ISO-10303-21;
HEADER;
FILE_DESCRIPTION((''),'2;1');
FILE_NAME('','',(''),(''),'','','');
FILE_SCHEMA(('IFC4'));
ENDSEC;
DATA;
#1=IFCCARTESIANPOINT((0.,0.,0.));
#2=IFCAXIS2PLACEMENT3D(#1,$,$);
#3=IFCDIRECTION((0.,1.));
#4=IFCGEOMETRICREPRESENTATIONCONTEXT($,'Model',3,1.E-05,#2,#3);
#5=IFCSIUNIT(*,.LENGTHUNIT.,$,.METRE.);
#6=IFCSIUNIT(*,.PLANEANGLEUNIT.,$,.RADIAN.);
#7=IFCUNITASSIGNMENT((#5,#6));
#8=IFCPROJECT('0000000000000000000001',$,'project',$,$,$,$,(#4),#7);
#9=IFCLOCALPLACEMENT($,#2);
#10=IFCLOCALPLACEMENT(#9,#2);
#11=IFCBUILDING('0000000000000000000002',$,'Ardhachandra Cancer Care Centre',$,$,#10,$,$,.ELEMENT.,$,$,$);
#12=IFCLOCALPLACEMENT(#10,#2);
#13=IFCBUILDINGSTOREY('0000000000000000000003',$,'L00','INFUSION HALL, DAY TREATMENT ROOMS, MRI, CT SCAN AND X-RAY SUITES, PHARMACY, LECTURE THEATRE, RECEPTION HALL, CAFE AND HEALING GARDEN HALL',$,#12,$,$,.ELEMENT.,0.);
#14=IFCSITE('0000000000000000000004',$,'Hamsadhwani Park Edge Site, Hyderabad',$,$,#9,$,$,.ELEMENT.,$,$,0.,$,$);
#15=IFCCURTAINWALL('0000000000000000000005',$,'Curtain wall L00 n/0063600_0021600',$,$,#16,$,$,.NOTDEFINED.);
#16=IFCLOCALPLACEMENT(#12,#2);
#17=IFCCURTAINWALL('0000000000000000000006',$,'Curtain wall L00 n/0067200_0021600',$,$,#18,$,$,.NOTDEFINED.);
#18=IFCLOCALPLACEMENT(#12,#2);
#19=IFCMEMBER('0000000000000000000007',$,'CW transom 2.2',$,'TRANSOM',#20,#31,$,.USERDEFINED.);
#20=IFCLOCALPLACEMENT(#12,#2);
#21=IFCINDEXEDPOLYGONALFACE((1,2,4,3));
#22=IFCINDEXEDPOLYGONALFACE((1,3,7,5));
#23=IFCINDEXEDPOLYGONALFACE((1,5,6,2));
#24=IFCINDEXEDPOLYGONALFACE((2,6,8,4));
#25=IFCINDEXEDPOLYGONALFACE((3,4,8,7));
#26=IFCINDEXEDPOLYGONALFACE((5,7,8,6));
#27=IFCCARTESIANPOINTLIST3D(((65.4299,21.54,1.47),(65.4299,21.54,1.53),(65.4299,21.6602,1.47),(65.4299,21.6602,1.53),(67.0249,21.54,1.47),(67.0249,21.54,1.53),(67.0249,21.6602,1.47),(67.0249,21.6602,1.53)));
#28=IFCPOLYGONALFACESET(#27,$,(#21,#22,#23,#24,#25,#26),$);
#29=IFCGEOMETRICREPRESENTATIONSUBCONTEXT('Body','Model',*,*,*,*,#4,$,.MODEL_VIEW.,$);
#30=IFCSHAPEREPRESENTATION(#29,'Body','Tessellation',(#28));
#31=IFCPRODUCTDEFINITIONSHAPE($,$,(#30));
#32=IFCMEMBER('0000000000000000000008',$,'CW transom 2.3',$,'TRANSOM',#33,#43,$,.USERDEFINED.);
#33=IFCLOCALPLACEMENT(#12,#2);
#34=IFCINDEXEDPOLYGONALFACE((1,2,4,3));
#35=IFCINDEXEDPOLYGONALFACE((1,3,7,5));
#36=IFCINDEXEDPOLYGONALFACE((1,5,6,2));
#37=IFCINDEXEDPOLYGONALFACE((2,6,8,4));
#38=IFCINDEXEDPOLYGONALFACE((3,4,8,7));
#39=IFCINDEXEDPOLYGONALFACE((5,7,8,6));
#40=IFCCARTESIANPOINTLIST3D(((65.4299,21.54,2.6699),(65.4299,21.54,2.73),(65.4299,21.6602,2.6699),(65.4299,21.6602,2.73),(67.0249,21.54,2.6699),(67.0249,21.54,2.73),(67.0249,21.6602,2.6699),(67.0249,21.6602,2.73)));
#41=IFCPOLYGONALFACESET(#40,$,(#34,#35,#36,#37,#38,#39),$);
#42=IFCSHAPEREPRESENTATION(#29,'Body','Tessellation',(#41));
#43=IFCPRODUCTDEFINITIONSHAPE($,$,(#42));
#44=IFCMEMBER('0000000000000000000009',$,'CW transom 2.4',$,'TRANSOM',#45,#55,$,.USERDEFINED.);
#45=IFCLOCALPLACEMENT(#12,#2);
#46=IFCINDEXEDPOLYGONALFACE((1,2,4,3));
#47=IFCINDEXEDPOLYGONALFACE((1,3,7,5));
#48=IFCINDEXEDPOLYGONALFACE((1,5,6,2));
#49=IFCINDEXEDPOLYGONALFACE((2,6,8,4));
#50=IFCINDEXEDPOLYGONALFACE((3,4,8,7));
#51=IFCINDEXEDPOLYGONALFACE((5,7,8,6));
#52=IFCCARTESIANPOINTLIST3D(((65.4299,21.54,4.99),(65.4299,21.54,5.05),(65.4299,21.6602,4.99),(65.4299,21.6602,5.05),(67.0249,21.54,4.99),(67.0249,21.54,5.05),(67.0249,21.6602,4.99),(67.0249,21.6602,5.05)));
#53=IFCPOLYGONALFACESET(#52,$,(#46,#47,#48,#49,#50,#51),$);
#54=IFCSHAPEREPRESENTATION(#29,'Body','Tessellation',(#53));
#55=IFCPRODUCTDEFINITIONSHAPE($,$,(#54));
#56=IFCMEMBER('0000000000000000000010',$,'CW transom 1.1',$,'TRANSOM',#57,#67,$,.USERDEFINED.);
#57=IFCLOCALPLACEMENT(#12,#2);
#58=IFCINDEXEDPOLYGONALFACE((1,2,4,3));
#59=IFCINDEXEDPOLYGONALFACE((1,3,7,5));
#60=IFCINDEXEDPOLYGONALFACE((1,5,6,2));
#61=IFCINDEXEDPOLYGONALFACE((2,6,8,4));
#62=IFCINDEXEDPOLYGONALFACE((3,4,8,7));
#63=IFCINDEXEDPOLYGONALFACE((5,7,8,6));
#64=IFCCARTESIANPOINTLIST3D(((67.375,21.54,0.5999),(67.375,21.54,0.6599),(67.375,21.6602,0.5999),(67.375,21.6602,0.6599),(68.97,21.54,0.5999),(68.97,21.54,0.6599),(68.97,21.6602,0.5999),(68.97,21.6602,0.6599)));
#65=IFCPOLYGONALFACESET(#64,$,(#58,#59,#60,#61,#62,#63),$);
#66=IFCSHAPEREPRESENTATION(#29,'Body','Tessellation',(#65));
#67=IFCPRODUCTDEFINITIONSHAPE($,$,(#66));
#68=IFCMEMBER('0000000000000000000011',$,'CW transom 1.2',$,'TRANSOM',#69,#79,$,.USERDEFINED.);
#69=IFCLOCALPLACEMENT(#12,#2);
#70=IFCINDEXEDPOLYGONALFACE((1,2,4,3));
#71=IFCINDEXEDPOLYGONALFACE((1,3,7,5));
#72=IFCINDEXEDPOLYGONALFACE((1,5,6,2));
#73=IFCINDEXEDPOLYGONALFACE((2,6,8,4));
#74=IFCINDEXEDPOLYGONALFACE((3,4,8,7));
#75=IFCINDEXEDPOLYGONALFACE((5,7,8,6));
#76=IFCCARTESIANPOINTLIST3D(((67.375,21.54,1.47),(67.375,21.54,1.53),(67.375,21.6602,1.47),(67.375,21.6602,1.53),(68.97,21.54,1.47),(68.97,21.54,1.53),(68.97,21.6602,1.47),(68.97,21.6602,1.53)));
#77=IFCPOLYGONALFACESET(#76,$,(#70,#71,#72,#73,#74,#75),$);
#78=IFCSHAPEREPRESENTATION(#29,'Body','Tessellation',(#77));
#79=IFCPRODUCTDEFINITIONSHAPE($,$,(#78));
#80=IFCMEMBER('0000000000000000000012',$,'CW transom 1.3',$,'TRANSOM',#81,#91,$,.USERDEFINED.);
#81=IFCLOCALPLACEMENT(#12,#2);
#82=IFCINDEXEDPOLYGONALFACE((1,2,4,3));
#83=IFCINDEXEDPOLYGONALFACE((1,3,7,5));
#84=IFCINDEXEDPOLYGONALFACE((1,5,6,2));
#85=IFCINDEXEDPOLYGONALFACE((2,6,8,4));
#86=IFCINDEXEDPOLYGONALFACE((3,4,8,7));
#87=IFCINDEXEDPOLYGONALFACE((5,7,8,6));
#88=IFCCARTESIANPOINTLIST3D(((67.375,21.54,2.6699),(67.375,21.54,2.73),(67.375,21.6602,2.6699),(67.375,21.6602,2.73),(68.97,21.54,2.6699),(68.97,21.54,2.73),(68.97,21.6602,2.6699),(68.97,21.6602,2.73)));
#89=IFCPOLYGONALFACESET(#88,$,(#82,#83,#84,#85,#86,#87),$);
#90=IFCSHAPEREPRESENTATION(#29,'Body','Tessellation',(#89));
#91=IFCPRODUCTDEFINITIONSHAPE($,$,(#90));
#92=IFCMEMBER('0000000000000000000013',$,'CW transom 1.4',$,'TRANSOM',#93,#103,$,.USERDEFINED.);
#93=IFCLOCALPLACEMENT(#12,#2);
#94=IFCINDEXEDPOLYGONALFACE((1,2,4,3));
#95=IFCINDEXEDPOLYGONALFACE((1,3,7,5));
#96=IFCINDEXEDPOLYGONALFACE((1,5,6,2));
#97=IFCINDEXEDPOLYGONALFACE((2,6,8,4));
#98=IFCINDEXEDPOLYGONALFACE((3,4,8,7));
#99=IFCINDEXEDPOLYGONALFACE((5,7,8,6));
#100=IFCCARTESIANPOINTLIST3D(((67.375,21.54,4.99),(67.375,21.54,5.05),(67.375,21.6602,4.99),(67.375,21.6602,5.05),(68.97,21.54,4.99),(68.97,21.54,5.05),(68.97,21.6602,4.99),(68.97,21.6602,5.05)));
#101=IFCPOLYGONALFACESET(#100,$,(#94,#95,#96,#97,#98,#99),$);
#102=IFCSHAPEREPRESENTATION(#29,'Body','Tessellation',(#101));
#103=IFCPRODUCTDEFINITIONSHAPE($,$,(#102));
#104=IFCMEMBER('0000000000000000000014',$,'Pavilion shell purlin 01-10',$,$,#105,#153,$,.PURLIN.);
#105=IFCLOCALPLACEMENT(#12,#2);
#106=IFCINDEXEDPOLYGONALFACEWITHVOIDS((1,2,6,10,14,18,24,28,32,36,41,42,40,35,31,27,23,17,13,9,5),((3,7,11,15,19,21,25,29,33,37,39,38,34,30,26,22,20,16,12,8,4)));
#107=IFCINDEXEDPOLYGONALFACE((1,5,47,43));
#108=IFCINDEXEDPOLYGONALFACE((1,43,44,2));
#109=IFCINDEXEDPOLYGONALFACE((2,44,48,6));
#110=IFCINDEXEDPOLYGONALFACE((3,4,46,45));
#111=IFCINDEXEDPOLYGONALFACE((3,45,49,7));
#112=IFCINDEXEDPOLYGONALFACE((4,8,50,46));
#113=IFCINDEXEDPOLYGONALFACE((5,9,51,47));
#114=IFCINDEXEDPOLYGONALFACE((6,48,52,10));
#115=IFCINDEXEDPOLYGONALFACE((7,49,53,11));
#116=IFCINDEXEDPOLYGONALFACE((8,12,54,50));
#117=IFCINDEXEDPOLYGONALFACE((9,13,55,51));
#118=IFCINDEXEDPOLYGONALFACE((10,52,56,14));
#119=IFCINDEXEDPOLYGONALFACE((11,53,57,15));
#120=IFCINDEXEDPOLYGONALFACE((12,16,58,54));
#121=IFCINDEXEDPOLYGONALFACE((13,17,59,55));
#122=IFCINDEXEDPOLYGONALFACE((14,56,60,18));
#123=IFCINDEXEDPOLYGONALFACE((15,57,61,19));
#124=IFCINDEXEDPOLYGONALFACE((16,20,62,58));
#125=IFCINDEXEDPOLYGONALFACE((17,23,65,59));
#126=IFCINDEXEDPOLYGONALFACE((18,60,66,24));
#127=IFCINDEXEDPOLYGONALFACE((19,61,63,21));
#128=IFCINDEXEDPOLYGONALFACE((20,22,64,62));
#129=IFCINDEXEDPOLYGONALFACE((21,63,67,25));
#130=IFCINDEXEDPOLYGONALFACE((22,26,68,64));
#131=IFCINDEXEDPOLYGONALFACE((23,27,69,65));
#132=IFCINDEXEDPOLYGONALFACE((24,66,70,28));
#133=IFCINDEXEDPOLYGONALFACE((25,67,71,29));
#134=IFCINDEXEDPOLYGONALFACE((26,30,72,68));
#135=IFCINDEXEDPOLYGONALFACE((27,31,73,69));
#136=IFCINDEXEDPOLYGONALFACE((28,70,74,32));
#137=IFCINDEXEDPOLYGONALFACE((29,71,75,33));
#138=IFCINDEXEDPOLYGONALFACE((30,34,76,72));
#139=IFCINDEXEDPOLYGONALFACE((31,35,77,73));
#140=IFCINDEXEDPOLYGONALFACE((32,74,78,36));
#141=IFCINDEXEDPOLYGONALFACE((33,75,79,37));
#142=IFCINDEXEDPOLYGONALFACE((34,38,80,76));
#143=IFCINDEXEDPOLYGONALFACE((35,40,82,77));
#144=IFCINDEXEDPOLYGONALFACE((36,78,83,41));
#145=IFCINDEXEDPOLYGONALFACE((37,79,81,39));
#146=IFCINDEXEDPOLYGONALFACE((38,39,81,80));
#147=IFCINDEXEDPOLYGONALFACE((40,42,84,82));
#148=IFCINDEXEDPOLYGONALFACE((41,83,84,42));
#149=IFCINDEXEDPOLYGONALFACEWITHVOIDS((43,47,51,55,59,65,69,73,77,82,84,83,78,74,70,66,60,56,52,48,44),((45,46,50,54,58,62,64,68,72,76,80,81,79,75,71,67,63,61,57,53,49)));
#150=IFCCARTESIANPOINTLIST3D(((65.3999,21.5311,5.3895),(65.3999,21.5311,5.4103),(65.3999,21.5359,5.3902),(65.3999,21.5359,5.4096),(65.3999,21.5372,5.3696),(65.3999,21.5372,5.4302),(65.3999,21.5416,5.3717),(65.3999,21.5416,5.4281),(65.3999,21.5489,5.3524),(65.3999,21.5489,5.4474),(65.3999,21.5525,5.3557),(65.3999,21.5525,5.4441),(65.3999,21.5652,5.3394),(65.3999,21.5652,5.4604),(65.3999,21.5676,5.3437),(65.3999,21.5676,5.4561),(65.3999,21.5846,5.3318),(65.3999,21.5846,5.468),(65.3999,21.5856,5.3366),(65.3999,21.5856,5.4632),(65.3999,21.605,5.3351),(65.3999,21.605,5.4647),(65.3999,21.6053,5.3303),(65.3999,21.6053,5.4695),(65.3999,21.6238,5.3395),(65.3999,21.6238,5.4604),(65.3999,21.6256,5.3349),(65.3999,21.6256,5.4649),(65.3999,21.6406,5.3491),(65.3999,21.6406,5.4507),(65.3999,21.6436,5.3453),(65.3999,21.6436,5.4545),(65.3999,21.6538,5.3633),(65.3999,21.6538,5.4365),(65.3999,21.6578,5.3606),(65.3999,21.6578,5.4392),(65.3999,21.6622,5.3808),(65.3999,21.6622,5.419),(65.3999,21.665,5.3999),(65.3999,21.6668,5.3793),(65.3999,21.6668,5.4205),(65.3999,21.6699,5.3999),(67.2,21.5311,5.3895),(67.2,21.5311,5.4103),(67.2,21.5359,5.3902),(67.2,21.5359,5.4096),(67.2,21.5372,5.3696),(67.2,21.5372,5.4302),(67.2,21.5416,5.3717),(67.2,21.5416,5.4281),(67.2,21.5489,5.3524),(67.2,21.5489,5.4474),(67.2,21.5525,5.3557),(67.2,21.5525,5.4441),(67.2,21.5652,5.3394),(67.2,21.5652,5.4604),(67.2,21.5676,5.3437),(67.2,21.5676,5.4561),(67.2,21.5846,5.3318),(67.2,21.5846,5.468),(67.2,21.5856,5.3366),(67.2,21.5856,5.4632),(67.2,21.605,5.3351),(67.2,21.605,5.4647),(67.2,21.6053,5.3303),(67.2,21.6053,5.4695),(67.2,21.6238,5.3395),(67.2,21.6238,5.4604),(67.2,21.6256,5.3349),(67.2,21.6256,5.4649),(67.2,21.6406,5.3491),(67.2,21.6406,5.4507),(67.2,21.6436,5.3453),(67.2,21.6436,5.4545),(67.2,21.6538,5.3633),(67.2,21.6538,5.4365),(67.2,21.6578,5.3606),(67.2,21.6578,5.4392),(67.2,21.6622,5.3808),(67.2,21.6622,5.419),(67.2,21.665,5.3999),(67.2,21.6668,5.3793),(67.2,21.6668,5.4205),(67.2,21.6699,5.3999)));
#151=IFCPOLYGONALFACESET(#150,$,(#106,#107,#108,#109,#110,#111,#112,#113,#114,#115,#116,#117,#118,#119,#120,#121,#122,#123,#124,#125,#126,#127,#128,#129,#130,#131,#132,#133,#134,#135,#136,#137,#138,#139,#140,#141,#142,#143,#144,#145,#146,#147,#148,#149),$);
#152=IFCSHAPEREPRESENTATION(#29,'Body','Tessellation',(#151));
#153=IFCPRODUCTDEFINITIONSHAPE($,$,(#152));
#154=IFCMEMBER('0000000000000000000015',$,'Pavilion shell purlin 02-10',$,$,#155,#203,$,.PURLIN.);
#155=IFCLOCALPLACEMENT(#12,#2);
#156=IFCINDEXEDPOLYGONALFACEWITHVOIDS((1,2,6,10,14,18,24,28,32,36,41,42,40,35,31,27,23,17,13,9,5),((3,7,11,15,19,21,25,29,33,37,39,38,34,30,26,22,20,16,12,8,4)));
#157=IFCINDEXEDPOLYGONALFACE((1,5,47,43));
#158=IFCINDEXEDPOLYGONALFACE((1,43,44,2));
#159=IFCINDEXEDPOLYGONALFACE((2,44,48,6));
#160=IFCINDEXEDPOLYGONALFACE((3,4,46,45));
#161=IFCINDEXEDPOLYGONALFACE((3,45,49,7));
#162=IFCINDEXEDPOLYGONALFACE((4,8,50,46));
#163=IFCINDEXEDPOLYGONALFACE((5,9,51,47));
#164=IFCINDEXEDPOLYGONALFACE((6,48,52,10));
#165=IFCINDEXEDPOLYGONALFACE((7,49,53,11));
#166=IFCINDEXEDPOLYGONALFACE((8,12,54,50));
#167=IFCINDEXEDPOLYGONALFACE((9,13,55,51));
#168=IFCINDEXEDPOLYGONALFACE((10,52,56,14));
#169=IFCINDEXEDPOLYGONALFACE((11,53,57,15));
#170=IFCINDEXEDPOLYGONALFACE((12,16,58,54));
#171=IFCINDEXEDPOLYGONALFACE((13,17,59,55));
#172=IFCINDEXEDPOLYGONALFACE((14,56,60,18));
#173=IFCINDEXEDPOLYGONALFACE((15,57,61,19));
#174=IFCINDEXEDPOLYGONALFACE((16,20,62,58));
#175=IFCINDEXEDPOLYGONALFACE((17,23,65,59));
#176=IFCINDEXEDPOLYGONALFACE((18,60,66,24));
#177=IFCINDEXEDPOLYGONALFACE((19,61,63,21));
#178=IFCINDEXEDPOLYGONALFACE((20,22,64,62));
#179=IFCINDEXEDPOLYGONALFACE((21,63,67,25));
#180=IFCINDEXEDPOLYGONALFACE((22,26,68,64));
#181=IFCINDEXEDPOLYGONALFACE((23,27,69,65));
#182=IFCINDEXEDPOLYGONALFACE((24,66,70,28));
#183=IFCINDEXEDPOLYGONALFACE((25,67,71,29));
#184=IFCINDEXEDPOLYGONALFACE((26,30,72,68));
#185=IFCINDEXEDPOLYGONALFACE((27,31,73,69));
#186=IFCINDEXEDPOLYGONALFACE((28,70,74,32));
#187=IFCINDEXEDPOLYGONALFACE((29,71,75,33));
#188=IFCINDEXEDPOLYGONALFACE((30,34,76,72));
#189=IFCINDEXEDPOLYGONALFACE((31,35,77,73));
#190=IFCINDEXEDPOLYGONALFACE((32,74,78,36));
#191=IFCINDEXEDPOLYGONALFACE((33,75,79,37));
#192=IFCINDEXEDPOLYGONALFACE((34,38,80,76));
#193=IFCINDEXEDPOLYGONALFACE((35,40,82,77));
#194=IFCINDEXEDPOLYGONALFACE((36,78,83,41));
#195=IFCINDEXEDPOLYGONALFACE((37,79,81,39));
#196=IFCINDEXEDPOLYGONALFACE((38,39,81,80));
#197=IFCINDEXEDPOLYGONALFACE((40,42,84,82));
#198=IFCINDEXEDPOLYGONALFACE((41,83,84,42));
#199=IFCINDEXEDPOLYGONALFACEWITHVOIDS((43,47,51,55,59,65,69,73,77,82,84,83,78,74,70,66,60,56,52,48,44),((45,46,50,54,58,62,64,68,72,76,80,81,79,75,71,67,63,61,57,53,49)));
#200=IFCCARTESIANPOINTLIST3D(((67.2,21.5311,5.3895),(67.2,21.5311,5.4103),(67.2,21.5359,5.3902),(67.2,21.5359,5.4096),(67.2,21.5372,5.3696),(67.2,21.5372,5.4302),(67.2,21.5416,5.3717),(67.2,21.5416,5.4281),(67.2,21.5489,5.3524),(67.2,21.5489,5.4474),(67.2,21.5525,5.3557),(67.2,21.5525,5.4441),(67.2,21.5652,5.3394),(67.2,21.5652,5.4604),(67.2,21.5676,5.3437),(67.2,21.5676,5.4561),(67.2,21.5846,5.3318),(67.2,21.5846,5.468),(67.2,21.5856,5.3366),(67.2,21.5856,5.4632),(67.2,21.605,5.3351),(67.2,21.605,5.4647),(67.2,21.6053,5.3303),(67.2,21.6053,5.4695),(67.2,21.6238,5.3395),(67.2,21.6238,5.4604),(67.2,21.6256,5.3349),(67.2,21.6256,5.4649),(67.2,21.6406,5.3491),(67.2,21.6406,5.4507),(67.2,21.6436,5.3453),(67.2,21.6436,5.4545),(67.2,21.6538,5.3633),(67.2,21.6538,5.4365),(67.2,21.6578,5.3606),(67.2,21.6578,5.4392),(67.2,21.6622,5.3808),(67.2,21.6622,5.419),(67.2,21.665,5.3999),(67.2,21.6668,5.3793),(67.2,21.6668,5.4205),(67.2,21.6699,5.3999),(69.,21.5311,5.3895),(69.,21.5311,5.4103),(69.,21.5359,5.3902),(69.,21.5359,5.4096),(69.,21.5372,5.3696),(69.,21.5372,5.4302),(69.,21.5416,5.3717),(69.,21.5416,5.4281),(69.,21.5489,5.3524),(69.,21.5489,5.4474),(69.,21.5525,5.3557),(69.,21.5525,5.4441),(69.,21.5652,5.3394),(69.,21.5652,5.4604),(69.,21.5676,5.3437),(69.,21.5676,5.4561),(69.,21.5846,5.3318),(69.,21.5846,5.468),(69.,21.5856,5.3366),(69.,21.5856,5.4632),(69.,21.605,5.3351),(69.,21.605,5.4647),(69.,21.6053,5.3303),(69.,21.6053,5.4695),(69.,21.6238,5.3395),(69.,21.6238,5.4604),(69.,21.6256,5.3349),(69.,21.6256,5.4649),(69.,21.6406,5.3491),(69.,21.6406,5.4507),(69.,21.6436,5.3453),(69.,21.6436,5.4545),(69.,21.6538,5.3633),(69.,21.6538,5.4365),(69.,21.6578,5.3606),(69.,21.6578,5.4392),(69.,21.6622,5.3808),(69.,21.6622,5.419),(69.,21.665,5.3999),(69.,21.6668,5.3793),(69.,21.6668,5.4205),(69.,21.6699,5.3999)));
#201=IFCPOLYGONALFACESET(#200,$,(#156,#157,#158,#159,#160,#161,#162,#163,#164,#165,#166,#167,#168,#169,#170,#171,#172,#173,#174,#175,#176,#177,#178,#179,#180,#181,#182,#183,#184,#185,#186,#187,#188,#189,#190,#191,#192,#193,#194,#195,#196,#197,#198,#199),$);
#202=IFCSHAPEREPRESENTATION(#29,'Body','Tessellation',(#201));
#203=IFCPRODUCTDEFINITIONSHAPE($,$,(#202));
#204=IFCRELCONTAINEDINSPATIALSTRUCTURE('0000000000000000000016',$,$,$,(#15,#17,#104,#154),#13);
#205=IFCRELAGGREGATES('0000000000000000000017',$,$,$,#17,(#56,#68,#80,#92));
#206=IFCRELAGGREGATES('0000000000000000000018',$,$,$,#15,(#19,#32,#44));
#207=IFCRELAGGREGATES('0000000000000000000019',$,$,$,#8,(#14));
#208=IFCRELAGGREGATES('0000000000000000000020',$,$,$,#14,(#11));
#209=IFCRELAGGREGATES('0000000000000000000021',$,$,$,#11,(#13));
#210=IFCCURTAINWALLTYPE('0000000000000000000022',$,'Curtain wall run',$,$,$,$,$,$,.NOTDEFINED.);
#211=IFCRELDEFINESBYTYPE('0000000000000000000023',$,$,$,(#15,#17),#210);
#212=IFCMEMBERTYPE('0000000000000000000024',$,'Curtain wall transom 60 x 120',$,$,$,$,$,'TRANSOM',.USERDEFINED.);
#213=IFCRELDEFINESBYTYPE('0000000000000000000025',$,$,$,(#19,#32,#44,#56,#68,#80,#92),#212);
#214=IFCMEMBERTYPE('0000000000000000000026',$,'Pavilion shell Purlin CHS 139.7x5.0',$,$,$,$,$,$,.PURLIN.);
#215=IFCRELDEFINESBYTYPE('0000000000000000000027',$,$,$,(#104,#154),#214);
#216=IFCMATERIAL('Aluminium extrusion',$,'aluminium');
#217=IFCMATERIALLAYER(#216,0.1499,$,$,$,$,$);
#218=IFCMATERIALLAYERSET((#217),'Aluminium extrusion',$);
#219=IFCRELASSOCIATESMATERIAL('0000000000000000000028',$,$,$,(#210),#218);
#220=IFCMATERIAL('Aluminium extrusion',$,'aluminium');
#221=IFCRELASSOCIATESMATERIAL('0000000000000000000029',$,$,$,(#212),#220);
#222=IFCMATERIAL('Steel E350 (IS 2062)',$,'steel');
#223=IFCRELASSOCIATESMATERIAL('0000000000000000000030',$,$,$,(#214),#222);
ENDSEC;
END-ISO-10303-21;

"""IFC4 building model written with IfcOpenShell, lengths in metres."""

from ifc_helpers import new_model, si_unit, direction, frame, origin, origin_2d, place, context, subcontext, project, spatial, rectangle, hollow_circle, extrude, material, layer, layer_set, material_profile, profile_set, type_object, element, aggregate, save


model = new_model("IFC4")

# Units and contexts
model_context = context("Model", 3, precision=1e-05, world=origin(), true_north=direction((0.0, 1.0)))
body_context = subcontext(model_context, "Body", "Model", "MODEL_VIEW")
ifc_project = project(units=[si_unit("LENGTHUNIT", "METRE"), si_unit("PLANEANGLEUNIT", "RADIAN")], contexts=[model_context])

# Site, building, storey
site_placement = place(None, origin())
site = spatial("IfcSite", under=ifc_project, at=site_placement, Name="Hamsadhwani Park Edge Site, Hyderabad", CompositionType="ELEMENT", RefElevation=0.0)
building_placement = place(site_placement, origin())
building = spatial("IfcBuilding", under=site, at=building_placement, Name="Ardhachandra Cancer Care Centre", CompositionType="ELEMENT")
storey_placement = place(building_placement, origin())
storey = spatial("IfcBuildingStorey", under=building, at=storey_placement, Name="L00", Description="INFUSION HALL, DAY TREATMENT ROOMS, MRI, CT SCAN AND X-RAY SUITES, PHARMACY, LECTURE THEATRE, RECEPTION HALL, CAFE AND HEALING GARDEN HALL", CompositionType="ELEMENT", Elevation=0.0)

# Curtain wall
ifc_material_1 = material(Name="Aluminium extrusion", Category="aluminium")
ifc_layer_1 = layer(ifc_material_1, 0.1499)
ifc_layer_set_1 = layer_set([ifc_layer_1], Name="Aluminium extrusion")
curtain_wall_type = type_object("IfcCurtainWallType", Name="Curtain wall run", PredefinedType="NOTDEFINED", material=ifc_layer_set_1)
curtain_wall_1_placement = place(storey_placement, origin())
curtain_wall_1 = element("IfcCurtainWall", 1, at=curtain_wall_1_placement, inside=storey, type_object=curtain_wall_type, Name="Curtain wall L00 n/0063600_0021600", PredefinedType="NOTDEFINED")

# Curtain wall
curtain_wall_2_placement = place(storey_placement, origin())
curtain_wall_2 = element("IfcCurtainWall", 2, at=curtain_wall_2_placement, inside=storey, type_object=curtain_wall_type, Name="Curtain wall L00 n/0067200_0021600", PredefinedType="NOTDEFINED")

# Members
ifc_material_2 = material(Name="Aluminium extrusion", Category="aluminium")
ifc_material_profile_1 = material_profile(ifc_material_2, rectangle(XDim=0.1201, YDim=0.0601, at=origin_2d()), Name="Curtain wall transom 60 x 120")
ifc_profile_set_1 = profile_set([ifc_material_profile_1], Name="Aluminium extrusion")
member_type_1 = type_object("IfcMemberType", Name="Curtain wall transom 60 x 120", ElementType="TRANSOM", PredefinedType="USERDEFINED", material=ifc_profile_set_1)
member_1_placement = place(storey_placement, frame((65.4299, 21.6001, 1.5), z_axis=(1.0, 0.0, 0.0), x_axis=(0.0, 1.0, 0.0)))
member_1 = element("IfcMember", 3, at=member_1_placement, type_object=member_type_1, Name="CW transom 2.2", ObjectType="TRANSOM", PredefinedType="USERDEFINED", context=body_context, shape_type="SweptSolid", body=[
    extrude(rectangle(XDim=0.1201, YDim=0.0601, at=origin_2d()), origin(), (0.0, 0.0, 1.0), 1.595),
])
member_2_placement = place(storey_placement, frame((65.4299, 21.6001, 2.7), z_axis=(1.0, 0.0, 0.0), x_axis=(0.0, 1.0, 0.0)))
member_2 = element("IfcMember", 4, at=member_2_placement, type_object=member_type_1, Name="CW transom 2.3", ObjectType="TRANSOM", PredefinedType="USERDEFINED", context=body_context, shape_type="SweptSolid", body=[
    extrude(rectangle(XDim=0.1201, YDim=0.0601, at=origin_2d()), origin(), (0.0, 0.0, 1.0), 1.595),
])
member_3_placement = place(storey_placement, frame((65.4299, 21.6001, 5.02), z_axis=(1.0, 0.0, 0.0), x_axis=(0.0, 1.0, 0.0)))
member_3 = element("IfcMember", 5, at=member_3_placement, type_object=member_type_1, Name="CW transom 2.4", ObjectType="TRANSOM", PredefinedType="USERDEFINED", context=body_context, shape_type="SweptSolid", body=[
    extrude(rectangle(XDim=0.1201, YDim=0.0601, at=origin_2d()), origin(), (0.0, 0.0, 1.0), 1.595),
])
member_4_placement = place(storey_placement, frame((67.375, 21.6001, 0.6299), z_axis=(1.0, 0.0, 0.0), x_axis=(0.0, 1.0, 0.0)))
member_4 = element("IfcMember", 6, at=member_4_placement, type_object=member_type_1, Name="CW transom 1.1", ObjectType="TRANSOM", PredefinedType="USERDEFINED", context=body_context, shape_type="SweptSolid", body=[
    extrude(rectangle(XDim=0.1201, YDim=0.0601, at=origin_2d()), origin(), (0.0, 0.0, 1.0), 1.595),
])
member_5_placement = place(storey_placement, frame((67.375, 21.6001, 1.5), z_axis=(1.0, 0.0, 0.0), x_axis=(0.0, 1.0, 0.0)))
member_5 = element("IfcMember", 7, at=member_5_placement, type_object=member_type_1, Name="CW transom 1.2", ObjectType="TRANSOM", PredefinedType="USERDEFINED", context=body_context, shape_type="SweptSolid", body=[
    extrude(rectangle(XDim=0.1201, YDim=0.0601, at=origin_2d()), origin(), (0.0, 0.0, 1.0), 1.595),
])
member_6_placement = place(storey_placement, frame((67.375, 21.6001, 2.7), z_axis=(1.0, 0.0, 0.0), x_axis=(0.0, 1.0, 0.0)))
member_6 = element("IfcMember", 8, at=member_6_placement, type_object=member_type_1, Name="CW transom 1.3", ObjectType="TRANSOM", PredefinedType="USERDEFINED", context=body_context, shape_type="SweptSolid", body=[
    extrude(rectangle(XDim=0.1201, YDim=0.0601, at=origin_2d()), origin(), (0.0, 0.0, 1.0), 1.595),
])
member_7_placement = place(storey_placement, frame((67.375, 21.6001, 5.02), z_axis=(1.0, 0.0, 0.0), x_axis=(0.0, 1.0, 0.0)))
member_7 = element("IfcMember", 9, at=member_7_placement, type_object=member_type_1, Name="CW transom 1.4", ObjectType="TRANSOM", PredefinedType="USERDEFINED", context=body_context, shape_type="SweptSolid", body=[
    extrude(rectangle(XDim=0.1201, YDim=0.0601, at=origin_2d()), origin(), (0.0, 0.0, 1.0), 1.595),
])
aggregate(curtain_wall_2, [member_4, member_5, member_6, member_7])

# Members
ifc_material_3 = material(Name="Steel E350 (IS 2062)", Category="steel")
ifc_material_profile_2 = material_profile(ifc_material_3, hollow_circle(Radius=0.0698, WallThickness=0.0049, at=origin_2d()), Name="CHS 139.7x5.0")
ifc_profile_set_2 = profile_set([ifc_material_profile_2], Name="Steel E350 (IS 2062)")
member_type_2 = type_object("IfcMemberType", Name="Pavilion shell Purlin CHS 139.7x5.0", PredefinedType="PURLIN", material=ifc_profile_set_2)
for number, where, z_axis, x_axis, name in (
    (10, (65.3999, 21.6001, 5.3999), (1.0, 0.0, 0.0), (0.0, 1.0, 0.0), "Pavilion shell purlin 01-10"),
    (11, (67.2, 21.6001, 5.3999), (1.0, 0.0, 0.0), (0.0, 1.0, 0.0), "Pavilion shell purlin 02-10"),
):
    element("IfcMember", number, at=place(storey_placement, frame(where, z_axis=z_axis, x_axis=x_axis)), inside=storey, type_object=member_type_2, Name=name, PredefinedType="PURLIN", context=body_context, shape_type="SweptSolid", body=[
        extrude(hollow_circle(Radius=0.0698, WallThickness=0.0049, at=origin_2d()), origin(), (0.0, 0.0, 1.0), 1.8),
    ])

aggregate(curtain_wall_1, [member_1, member_2, member_3])

save(model, "model.ifc")
